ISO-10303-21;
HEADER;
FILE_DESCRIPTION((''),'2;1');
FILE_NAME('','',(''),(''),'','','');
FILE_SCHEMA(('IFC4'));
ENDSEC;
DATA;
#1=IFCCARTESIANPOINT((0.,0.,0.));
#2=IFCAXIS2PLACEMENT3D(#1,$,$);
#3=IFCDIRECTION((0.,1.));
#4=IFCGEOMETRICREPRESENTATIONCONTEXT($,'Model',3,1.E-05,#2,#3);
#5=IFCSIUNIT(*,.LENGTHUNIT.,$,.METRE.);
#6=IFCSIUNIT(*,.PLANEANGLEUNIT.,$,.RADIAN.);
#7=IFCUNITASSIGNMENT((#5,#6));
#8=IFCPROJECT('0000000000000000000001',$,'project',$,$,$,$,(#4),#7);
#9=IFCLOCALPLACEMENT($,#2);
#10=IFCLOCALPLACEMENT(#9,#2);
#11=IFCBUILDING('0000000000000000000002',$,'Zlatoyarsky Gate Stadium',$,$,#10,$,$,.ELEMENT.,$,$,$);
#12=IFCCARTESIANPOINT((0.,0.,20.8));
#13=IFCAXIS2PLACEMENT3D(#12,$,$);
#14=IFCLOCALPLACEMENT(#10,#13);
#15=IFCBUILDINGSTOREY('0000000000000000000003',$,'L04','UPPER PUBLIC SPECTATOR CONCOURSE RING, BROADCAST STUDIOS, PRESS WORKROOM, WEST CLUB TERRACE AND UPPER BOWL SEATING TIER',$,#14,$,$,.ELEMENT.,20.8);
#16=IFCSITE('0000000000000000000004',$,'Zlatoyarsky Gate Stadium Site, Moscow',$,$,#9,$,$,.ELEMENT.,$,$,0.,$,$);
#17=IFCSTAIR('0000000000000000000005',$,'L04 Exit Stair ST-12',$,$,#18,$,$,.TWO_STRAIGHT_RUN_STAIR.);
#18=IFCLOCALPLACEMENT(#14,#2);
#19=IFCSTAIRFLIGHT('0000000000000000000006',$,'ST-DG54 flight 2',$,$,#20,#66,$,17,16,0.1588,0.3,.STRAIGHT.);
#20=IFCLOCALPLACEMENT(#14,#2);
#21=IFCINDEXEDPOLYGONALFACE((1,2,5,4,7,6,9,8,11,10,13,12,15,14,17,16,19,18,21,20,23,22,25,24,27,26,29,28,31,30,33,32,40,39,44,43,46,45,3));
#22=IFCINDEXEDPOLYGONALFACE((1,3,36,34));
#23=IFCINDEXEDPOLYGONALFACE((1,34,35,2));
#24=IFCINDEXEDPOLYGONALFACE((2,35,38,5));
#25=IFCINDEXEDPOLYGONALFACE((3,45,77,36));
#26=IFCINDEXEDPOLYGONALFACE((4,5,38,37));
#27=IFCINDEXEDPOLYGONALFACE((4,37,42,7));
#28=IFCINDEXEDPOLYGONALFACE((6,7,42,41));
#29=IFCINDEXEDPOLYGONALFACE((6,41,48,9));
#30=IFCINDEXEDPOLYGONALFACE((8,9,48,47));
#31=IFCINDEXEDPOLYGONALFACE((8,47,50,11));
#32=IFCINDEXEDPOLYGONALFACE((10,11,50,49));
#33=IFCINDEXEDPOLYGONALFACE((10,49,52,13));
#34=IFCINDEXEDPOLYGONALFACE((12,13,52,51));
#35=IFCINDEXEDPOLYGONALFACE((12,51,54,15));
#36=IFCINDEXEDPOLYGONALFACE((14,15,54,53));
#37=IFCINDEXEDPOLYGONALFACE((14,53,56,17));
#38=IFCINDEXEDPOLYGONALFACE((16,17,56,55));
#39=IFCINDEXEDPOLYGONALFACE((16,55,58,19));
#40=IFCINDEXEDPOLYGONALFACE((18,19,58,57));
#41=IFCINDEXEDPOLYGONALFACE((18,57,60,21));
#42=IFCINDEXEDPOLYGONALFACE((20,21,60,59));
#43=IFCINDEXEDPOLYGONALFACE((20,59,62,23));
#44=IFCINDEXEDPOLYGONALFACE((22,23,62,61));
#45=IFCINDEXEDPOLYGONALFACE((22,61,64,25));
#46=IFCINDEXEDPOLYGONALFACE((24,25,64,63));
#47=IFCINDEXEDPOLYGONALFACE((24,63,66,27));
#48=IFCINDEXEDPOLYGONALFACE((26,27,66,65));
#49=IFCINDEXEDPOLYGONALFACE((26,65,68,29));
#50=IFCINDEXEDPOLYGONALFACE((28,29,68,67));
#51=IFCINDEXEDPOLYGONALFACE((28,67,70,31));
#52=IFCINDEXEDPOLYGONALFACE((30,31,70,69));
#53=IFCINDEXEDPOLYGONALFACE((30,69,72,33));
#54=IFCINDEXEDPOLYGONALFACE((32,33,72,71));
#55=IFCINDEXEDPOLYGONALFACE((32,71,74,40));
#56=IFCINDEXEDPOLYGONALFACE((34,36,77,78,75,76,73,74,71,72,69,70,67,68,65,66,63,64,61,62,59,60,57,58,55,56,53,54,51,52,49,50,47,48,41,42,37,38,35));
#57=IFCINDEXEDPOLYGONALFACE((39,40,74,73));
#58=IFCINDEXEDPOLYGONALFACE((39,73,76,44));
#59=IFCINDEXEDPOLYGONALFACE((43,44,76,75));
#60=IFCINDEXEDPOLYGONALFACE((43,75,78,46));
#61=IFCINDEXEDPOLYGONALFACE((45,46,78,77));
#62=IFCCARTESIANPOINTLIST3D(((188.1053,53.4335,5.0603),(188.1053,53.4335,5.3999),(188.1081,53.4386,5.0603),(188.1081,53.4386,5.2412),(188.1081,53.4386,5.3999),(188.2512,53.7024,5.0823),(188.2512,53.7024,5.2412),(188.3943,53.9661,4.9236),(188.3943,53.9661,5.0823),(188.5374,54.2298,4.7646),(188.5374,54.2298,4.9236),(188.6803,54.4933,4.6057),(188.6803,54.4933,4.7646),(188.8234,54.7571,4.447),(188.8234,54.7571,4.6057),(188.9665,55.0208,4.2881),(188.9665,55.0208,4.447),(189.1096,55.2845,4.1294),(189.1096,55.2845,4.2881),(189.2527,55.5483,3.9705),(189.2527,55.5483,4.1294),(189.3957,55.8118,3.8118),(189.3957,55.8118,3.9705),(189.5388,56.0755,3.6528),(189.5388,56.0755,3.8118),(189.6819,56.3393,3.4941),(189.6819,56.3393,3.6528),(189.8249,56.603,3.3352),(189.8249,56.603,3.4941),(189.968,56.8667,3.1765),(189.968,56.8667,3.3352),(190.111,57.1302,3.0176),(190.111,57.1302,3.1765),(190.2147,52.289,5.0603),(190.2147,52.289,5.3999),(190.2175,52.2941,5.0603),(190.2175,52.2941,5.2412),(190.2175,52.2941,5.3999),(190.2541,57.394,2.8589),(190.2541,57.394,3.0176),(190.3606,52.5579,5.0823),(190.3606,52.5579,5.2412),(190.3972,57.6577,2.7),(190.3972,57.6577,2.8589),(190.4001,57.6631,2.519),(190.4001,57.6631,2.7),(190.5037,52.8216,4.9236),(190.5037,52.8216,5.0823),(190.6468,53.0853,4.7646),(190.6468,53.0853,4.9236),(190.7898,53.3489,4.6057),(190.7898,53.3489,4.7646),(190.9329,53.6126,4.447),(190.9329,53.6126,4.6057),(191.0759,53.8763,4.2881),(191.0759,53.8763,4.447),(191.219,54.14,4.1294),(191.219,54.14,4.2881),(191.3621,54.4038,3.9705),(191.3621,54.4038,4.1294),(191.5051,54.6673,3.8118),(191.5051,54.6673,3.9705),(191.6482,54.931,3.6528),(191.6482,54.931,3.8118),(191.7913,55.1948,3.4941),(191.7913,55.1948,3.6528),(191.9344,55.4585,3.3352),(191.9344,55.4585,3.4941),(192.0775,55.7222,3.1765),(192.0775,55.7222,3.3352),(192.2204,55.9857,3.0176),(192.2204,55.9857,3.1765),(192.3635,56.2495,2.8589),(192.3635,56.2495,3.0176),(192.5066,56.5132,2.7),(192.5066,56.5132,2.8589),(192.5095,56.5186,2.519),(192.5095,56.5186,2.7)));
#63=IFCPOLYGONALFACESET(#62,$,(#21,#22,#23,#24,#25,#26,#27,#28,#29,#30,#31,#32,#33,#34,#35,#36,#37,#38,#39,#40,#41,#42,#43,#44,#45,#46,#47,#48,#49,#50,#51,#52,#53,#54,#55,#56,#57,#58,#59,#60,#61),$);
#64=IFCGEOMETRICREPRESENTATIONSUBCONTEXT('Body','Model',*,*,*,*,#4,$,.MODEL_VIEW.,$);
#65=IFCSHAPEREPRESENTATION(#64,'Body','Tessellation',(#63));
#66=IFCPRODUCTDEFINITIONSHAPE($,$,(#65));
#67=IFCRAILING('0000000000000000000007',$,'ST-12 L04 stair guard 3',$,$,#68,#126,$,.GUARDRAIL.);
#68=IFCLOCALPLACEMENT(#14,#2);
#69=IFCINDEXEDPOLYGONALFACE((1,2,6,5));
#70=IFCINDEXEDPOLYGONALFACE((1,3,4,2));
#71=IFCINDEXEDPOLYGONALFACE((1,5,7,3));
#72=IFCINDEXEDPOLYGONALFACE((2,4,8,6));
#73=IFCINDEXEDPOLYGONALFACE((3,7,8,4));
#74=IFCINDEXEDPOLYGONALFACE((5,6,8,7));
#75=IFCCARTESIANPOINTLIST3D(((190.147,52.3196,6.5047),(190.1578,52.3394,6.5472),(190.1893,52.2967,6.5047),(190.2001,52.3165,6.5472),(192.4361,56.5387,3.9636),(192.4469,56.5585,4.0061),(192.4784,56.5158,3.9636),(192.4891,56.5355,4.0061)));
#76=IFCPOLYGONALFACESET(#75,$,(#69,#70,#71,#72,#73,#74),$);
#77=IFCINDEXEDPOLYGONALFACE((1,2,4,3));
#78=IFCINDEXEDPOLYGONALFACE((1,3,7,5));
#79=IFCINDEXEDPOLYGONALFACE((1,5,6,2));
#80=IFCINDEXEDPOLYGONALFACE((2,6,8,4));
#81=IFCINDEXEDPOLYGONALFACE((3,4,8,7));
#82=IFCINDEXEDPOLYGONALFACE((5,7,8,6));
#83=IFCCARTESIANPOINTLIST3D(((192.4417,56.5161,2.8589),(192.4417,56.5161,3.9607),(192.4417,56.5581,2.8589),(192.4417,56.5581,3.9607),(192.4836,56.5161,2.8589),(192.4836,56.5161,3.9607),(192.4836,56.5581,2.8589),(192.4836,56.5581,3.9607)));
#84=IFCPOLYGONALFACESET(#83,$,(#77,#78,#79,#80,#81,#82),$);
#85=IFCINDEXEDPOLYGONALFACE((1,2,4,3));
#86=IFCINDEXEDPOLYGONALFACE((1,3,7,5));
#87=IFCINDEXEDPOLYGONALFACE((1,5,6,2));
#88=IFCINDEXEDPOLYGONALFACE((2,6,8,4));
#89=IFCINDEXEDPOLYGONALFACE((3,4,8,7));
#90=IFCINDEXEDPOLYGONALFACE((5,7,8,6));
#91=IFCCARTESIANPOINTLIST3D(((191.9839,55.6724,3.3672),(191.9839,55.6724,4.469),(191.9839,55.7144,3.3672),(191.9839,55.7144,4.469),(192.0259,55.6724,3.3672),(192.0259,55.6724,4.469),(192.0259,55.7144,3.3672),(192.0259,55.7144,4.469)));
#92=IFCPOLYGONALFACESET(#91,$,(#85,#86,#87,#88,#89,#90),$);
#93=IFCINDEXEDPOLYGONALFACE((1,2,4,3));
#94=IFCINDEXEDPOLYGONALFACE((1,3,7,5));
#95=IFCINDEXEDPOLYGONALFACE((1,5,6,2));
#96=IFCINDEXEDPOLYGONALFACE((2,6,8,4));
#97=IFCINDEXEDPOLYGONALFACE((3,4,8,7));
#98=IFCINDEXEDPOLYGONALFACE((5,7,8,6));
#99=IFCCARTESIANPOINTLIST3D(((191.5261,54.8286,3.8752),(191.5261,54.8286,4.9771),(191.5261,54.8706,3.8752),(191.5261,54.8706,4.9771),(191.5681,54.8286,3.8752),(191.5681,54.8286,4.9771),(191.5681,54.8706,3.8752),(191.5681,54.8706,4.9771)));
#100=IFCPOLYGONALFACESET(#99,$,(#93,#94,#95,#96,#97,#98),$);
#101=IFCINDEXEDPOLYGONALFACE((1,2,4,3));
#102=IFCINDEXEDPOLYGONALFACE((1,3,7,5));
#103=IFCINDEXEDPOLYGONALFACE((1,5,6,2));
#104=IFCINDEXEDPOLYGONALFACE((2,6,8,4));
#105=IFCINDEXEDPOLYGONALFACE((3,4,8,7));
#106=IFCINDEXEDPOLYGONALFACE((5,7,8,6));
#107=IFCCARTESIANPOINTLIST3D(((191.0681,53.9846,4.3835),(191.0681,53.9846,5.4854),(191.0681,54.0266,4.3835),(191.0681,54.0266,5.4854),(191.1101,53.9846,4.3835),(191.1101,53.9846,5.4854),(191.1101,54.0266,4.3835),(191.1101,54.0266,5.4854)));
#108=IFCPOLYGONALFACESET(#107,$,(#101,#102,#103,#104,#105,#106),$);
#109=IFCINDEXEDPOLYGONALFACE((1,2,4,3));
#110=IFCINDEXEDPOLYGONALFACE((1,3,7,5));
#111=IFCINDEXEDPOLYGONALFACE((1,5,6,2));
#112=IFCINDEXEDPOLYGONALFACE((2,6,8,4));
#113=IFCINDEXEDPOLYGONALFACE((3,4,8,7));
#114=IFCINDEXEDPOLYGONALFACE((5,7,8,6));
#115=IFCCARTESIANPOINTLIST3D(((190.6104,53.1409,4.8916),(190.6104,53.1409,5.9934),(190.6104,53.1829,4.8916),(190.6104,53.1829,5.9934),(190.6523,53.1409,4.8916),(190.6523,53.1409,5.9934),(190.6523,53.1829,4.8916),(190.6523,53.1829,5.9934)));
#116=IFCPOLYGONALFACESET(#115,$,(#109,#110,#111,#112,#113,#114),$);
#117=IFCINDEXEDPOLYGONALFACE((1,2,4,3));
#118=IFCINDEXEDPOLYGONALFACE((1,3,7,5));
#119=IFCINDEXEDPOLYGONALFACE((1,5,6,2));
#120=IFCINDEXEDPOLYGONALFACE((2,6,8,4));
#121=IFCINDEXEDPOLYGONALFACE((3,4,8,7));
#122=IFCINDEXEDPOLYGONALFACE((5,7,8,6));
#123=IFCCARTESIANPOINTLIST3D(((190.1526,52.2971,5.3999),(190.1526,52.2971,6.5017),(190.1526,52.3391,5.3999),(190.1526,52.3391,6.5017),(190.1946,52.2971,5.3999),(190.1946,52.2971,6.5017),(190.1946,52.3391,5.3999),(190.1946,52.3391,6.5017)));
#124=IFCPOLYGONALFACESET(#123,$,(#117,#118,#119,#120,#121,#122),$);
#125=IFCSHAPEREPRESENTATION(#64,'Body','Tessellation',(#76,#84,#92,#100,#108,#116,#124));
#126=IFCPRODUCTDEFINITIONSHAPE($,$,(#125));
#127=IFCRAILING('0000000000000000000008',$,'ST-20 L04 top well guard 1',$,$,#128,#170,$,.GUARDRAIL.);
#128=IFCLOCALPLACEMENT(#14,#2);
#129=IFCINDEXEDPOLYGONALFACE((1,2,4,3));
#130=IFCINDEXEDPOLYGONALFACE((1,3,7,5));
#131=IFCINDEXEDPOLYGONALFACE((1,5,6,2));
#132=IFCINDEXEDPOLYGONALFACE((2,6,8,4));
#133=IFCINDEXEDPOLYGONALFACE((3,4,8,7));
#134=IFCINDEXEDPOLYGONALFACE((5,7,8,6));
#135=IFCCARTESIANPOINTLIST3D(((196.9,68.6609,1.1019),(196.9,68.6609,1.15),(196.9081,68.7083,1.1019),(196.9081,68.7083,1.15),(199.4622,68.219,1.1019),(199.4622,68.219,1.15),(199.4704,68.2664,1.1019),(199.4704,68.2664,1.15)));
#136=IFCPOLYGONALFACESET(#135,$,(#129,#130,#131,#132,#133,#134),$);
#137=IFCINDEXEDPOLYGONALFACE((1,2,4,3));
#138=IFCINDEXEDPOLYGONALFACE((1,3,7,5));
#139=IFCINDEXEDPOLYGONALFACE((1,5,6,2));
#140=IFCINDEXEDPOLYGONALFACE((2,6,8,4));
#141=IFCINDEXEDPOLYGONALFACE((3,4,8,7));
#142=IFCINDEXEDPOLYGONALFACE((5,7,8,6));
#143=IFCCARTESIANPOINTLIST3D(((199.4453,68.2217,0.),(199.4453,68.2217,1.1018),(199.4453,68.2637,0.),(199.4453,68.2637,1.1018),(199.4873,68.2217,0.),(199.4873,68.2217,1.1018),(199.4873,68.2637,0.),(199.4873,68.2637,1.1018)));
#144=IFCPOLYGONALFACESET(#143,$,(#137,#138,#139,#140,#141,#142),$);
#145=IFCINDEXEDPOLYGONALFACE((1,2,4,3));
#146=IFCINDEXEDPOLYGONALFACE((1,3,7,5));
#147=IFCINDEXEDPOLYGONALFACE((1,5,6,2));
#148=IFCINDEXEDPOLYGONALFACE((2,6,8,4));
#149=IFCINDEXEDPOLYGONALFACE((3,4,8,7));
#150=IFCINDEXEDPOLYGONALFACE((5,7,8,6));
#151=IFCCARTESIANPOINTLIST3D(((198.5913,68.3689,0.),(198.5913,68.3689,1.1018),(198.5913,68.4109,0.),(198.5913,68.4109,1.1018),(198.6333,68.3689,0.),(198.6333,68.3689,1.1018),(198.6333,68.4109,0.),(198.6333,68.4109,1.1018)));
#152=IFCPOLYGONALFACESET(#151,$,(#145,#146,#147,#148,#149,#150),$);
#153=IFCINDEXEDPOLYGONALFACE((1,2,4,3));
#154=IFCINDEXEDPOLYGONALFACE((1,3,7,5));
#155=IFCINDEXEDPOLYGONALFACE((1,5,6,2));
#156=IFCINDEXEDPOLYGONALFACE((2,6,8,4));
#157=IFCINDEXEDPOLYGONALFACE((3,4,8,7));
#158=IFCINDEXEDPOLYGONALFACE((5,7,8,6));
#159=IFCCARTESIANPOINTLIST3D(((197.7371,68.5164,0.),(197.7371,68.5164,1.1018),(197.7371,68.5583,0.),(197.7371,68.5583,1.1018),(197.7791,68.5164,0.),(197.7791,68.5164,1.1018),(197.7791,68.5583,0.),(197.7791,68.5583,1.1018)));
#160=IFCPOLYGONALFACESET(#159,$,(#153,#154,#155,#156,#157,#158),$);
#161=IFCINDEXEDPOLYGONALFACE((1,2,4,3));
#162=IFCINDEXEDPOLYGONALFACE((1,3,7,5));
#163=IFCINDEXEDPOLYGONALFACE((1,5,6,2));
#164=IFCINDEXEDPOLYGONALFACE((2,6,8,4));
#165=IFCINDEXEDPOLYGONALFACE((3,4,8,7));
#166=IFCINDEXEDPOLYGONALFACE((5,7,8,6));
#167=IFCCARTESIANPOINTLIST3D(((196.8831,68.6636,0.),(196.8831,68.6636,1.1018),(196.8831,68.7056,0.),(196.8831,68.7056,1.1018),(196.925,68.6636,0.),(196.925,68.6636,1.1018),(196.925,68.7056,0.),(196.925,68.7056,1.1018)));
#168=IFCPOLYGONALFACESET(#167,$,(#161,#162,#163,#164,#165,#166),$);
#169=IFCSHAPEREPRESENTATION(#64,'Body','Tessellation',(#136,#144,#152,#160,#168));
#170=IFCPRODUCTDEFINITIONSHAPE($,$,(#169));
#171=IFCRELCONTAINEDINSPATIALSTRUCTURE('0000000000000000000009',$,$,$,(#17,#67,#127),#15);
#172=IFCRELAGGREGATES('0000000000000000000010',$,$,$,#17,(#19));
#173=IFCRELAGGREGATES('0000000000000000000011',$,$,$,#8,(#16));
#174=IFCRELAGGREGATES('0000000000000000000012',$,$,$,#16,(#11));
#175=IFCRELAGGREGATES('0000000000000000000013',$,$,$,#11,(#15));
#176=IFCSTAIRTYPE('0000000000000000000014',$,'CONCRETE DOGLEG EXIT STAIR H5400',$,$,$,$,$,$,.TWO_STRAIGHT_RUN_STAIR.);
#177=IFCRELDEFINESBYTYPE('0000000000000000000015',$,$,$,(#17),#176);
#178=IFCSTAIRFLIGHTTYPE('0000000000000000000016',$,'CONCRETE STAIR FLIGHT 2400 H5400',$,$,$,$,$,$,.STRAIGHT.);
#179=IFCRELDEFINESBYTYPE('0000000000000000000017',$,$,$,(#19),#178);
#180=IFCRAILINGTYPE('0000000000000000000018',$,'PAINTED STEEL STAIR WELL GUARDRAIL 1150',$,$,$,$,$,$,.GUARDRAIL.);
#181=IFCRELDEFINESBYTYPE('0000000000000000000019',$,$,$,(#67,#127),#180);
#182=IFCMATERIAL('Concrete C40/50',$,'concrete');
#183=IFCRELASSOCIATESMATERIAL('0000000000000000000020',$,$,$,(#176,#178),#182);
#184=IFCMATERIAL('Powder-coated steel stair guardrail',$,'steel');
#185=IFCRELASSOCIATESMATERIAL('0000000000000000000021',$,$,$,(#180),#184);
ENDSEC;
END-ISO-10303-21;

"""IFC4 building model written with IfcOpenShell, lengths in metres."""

from ifc_helpers import new_model, si_unit, direction, frame, origin, origin_2d, place, context, subcontext, project, spatial, polyline, rectangle, outline, extrude, material, type_object, element, aggregate, save


model = new_model("IFC4")

# Units and contexts
model_context = context("Model", 3, precision=1e-05, world=origin(), true_north=direction((0.0, 1.0)))
body_context = subcontext(model_context, "Body", "Model", "MODEL_VIEW")
ifc_project = project(units=[si_unit("LENGTHUNIT", "METRE"), si_unit("PLANEANGLEUNIT", "RADIAN")], contexts=[model_context])

# Site, building, storey
site_placement = place(None, origin())
site = spatial("IfcSite", under=ifc_project, at=site_placement, Name="Zlatoyarsky Gate Stadium Site, Moscow", CompositionType="ELEMENT", RefElevation=0.0)
building_placement = place(site_placement, origin())
building = spatial("IfcBuilding", under=site, at=building_placement, Name="Zlatoyarsky Gate Stadium", CompositionType="ELEMENT")
storey_placement = place(building_placement, frame((0.0, 0.0, 20.8)))
storey = spatial("IfcBuildingStorey", under=building, at=storey_placement, Name="L04", Description="UPPER PUBLIC SPECTATOR CONCOURSE RING, BROADCAST STUDIOS, PRESS WORKROOM, WEST CLUB TERRACE AND UPPER BOWL SEATING TIER", CompositionType="ELEMENT", Elevation=20.8)

# Shared definitions
ifc_material_1 = material(Name="Concrete C40/50", Category="concrete")

# Stair, stair flight
stair_type = type_object("IfcStairType", Name="CONCRETE DOGLEG EXIT STAIR H5400", PredefinedType="TWO_STRAIGHT_RUN_STAIR", material=ifc_material_1)
stair_placement = place(storey_placement, origin())
stair = element("IfcStair", 1, at=stair_placement, inside=storey, type_object=stair_type, Name="L04 Exit Stair ST-12", PredefinedType="TWO_STRAIGHT_RUN_STAIR")
stair_flight_type = type_object("IfcStairFlightType", Name="CONCRETE STAIR FLIGHT 2400 H5400", PredefinedType="STRAIGHT", material=ifc_material_1)
stair_flight_placement = place(storey_placement, frame((191.4519, 57.0854, 2.7), z_axis=(0.0, 0.0, 1.0), x_axis=(-0.47689, -0.878963, 0.0)))
stair_flight = element("IfcStairFlight", 2, at=stair_flight_placement, type_object=stair_flight_type, Name="ST-DG54 flight 2", NumberOfRisers=17, NumberOfTreads=16, PredefinedType="STRAIGHT", RiserHeight=0.1588, TreadLength=0.3, context=body_context, shape_type="SweptSolid", body=[
    extrude(outline(polyline([(-0.0061, -0.1809), (-0.0061, 0.0), (0.0, 0.0), (0.0, 0.1589), (0.3, 0.1589), (0.3, 0.3176), (0.6001, 0.3176), (0.6001, 0.4766), (0.8999, 0.4766), (0.8999, 0.6353), (1.2, 0.6353), (1.2, 0.7942), (1.5, 0.7942), (1.5, 0.9529), (1.8, 0.9529), (1.8, 1.1118), (2.1001, 1.1118), (2.1001, 1.2705), (2.3999, 1.2705), (2.3999, 1.4294), (2.7, 1.4294), (2.7, 1.5881), (3.0, 1.5881), (3.0, 1.7471), (3.3, 1.7471), (3.3, 1.9058), (3.6001, 1.9058), (3.6001, 2.0647), (3.8999, 2.0647), (3.8999, 2.2236), (4.2, 2.2236), (4.2, 2.3823), (4.5, 2.3823), (4.5, 2.5413), (4.8, 2.5413), (4.8, 2.7), (4.8059, 2.7), (4.8059, 2.3604), (4.8, 2.3604), (-0.0061, -0.1809)])), frame((0.0, 1.2, 0.0), z_axis=(0.0, -1.0, 0.0), x_axis=(1.0, 0.0, 0.0)), (0.0, 0.0, 1.0), 2.3999),
])
aggregate(stair, [stair_flight])

# Railings
ifc_material_2 = material(Name="Powder-coated steel stair guardrail", Category="steel")
railing_type_1 = type_object("IfcRailingType", Name="PAINTED STEEL STAIR WELL GUARDRAIL 1150", PredefinedType="GUARDRAIL", material=ifc_material_2)
railing_1_placement = place(storey_placement, frame((192.4626, 56.5371, 2.8589)))
element("IfcRailing", 3, at=railing_1_placement, inside=storey, type_object=railing_type_1, Name="ST-12 L04 stair guard 3", PredefinedType="GUARDRAIL", context=body_context, shape_type="SweptSolid", body=[
    extrude(rectangle(XDim=0.0481, YDim=0.0481, at=origin_2d()), frame((0.0, 0.0, 1.126), z_axis=(-0.421476, -0.776826, 0.467867), x_axis=(0.878962, -0.476891, 0.0)), (0.0, 0.0, 1.0), 5.4312),
    extrude(rectangle(XDim=0.042, YDim=0.042, at=origin_2d()), origin(), (0.0, 0.0, 1.0), 1.1018),
    extrude(rectangle(XDim=0.042, YDim=0.042, at=origin_2d()), frame((-0.4578, -0.8438, 0.5083)), (0.0, 0.0, 1.0), 1.1018),
    extrude(rectangle(XDim=0.042, YDim=0.042, at=origin_2d()), frame((-0.9155, -1.6875, 1.0164)), (0.0, 0.0, 1.0), 1.1018),
    extrude(rectangle(XDim=0.042, YDim=0.042, at=origin_2d()), frame((-1.3735, -2.5315, 1.5247)), (0.0, 0.0, 1.0), 1.1018),
    extrude(rectangle(XDim=0.042, YDim=0.042, at=origin_2d()), frame((-1.8313, -3.3752, 2.0327)), (0.0, 0.0, 1.0), 1.1018),
    extrude(rectangle(XDim=0.042, YDim=0.042, at=origin_2d()), frame((-2.2891, -4.219, 2.541)), (0.0, 0.0, 1.0), 1.1018),
])
railing_2_placement = place(storey_placement, frame((199.4663, 68.2427, 0.0)))
element("IfcRailing", 4, at=railing_2_placement, inside=storey, type_object=railing_type_1, Name="ST-20 L04 top well guard 1", PredefinedType="GUARDRAIL", context=body_context, shape_type="SweptSolid", body=[
    extrude(rectangle(XDim=0.0481, YDim=0.0481, at=origin_2d()), frame((0.0, 0.0, 1.126), z_axis=(-0.985452, 0.169954, 0.0), x_axis=(-0.169954, -0.985452, 0.0)), (0.0, 0.0, 1.0), 2.6001),
    extrude(rectangle(XDim=0.042, YDim=0.042, at=origin_2d()), origin(), (0.0, 0.0, 1.0), 1.1018),
    extrude(rectangle(XDim=0.042, YDim=0.042, at=origin_2d()), frame((-0.854, 0.1472, 0.0)), (0.0, 0.0, 1.0), 1.1018),
    extrude(rectangle(XDim=0.042, YDim=0.042, at=origin_2d()), frame((-1.7083, 0.2947, 0.0)), (0.0, 0.0, 1.0), 1.1018),
    extrude(rectangle(XDim=0.042, YDim=0.042, at=origin_2d()), frame((-2.5623, 0.4419, 0.0)), (0.0, 0.0, 1.0), 1.1018),
])

save(model, "model.ifc")
